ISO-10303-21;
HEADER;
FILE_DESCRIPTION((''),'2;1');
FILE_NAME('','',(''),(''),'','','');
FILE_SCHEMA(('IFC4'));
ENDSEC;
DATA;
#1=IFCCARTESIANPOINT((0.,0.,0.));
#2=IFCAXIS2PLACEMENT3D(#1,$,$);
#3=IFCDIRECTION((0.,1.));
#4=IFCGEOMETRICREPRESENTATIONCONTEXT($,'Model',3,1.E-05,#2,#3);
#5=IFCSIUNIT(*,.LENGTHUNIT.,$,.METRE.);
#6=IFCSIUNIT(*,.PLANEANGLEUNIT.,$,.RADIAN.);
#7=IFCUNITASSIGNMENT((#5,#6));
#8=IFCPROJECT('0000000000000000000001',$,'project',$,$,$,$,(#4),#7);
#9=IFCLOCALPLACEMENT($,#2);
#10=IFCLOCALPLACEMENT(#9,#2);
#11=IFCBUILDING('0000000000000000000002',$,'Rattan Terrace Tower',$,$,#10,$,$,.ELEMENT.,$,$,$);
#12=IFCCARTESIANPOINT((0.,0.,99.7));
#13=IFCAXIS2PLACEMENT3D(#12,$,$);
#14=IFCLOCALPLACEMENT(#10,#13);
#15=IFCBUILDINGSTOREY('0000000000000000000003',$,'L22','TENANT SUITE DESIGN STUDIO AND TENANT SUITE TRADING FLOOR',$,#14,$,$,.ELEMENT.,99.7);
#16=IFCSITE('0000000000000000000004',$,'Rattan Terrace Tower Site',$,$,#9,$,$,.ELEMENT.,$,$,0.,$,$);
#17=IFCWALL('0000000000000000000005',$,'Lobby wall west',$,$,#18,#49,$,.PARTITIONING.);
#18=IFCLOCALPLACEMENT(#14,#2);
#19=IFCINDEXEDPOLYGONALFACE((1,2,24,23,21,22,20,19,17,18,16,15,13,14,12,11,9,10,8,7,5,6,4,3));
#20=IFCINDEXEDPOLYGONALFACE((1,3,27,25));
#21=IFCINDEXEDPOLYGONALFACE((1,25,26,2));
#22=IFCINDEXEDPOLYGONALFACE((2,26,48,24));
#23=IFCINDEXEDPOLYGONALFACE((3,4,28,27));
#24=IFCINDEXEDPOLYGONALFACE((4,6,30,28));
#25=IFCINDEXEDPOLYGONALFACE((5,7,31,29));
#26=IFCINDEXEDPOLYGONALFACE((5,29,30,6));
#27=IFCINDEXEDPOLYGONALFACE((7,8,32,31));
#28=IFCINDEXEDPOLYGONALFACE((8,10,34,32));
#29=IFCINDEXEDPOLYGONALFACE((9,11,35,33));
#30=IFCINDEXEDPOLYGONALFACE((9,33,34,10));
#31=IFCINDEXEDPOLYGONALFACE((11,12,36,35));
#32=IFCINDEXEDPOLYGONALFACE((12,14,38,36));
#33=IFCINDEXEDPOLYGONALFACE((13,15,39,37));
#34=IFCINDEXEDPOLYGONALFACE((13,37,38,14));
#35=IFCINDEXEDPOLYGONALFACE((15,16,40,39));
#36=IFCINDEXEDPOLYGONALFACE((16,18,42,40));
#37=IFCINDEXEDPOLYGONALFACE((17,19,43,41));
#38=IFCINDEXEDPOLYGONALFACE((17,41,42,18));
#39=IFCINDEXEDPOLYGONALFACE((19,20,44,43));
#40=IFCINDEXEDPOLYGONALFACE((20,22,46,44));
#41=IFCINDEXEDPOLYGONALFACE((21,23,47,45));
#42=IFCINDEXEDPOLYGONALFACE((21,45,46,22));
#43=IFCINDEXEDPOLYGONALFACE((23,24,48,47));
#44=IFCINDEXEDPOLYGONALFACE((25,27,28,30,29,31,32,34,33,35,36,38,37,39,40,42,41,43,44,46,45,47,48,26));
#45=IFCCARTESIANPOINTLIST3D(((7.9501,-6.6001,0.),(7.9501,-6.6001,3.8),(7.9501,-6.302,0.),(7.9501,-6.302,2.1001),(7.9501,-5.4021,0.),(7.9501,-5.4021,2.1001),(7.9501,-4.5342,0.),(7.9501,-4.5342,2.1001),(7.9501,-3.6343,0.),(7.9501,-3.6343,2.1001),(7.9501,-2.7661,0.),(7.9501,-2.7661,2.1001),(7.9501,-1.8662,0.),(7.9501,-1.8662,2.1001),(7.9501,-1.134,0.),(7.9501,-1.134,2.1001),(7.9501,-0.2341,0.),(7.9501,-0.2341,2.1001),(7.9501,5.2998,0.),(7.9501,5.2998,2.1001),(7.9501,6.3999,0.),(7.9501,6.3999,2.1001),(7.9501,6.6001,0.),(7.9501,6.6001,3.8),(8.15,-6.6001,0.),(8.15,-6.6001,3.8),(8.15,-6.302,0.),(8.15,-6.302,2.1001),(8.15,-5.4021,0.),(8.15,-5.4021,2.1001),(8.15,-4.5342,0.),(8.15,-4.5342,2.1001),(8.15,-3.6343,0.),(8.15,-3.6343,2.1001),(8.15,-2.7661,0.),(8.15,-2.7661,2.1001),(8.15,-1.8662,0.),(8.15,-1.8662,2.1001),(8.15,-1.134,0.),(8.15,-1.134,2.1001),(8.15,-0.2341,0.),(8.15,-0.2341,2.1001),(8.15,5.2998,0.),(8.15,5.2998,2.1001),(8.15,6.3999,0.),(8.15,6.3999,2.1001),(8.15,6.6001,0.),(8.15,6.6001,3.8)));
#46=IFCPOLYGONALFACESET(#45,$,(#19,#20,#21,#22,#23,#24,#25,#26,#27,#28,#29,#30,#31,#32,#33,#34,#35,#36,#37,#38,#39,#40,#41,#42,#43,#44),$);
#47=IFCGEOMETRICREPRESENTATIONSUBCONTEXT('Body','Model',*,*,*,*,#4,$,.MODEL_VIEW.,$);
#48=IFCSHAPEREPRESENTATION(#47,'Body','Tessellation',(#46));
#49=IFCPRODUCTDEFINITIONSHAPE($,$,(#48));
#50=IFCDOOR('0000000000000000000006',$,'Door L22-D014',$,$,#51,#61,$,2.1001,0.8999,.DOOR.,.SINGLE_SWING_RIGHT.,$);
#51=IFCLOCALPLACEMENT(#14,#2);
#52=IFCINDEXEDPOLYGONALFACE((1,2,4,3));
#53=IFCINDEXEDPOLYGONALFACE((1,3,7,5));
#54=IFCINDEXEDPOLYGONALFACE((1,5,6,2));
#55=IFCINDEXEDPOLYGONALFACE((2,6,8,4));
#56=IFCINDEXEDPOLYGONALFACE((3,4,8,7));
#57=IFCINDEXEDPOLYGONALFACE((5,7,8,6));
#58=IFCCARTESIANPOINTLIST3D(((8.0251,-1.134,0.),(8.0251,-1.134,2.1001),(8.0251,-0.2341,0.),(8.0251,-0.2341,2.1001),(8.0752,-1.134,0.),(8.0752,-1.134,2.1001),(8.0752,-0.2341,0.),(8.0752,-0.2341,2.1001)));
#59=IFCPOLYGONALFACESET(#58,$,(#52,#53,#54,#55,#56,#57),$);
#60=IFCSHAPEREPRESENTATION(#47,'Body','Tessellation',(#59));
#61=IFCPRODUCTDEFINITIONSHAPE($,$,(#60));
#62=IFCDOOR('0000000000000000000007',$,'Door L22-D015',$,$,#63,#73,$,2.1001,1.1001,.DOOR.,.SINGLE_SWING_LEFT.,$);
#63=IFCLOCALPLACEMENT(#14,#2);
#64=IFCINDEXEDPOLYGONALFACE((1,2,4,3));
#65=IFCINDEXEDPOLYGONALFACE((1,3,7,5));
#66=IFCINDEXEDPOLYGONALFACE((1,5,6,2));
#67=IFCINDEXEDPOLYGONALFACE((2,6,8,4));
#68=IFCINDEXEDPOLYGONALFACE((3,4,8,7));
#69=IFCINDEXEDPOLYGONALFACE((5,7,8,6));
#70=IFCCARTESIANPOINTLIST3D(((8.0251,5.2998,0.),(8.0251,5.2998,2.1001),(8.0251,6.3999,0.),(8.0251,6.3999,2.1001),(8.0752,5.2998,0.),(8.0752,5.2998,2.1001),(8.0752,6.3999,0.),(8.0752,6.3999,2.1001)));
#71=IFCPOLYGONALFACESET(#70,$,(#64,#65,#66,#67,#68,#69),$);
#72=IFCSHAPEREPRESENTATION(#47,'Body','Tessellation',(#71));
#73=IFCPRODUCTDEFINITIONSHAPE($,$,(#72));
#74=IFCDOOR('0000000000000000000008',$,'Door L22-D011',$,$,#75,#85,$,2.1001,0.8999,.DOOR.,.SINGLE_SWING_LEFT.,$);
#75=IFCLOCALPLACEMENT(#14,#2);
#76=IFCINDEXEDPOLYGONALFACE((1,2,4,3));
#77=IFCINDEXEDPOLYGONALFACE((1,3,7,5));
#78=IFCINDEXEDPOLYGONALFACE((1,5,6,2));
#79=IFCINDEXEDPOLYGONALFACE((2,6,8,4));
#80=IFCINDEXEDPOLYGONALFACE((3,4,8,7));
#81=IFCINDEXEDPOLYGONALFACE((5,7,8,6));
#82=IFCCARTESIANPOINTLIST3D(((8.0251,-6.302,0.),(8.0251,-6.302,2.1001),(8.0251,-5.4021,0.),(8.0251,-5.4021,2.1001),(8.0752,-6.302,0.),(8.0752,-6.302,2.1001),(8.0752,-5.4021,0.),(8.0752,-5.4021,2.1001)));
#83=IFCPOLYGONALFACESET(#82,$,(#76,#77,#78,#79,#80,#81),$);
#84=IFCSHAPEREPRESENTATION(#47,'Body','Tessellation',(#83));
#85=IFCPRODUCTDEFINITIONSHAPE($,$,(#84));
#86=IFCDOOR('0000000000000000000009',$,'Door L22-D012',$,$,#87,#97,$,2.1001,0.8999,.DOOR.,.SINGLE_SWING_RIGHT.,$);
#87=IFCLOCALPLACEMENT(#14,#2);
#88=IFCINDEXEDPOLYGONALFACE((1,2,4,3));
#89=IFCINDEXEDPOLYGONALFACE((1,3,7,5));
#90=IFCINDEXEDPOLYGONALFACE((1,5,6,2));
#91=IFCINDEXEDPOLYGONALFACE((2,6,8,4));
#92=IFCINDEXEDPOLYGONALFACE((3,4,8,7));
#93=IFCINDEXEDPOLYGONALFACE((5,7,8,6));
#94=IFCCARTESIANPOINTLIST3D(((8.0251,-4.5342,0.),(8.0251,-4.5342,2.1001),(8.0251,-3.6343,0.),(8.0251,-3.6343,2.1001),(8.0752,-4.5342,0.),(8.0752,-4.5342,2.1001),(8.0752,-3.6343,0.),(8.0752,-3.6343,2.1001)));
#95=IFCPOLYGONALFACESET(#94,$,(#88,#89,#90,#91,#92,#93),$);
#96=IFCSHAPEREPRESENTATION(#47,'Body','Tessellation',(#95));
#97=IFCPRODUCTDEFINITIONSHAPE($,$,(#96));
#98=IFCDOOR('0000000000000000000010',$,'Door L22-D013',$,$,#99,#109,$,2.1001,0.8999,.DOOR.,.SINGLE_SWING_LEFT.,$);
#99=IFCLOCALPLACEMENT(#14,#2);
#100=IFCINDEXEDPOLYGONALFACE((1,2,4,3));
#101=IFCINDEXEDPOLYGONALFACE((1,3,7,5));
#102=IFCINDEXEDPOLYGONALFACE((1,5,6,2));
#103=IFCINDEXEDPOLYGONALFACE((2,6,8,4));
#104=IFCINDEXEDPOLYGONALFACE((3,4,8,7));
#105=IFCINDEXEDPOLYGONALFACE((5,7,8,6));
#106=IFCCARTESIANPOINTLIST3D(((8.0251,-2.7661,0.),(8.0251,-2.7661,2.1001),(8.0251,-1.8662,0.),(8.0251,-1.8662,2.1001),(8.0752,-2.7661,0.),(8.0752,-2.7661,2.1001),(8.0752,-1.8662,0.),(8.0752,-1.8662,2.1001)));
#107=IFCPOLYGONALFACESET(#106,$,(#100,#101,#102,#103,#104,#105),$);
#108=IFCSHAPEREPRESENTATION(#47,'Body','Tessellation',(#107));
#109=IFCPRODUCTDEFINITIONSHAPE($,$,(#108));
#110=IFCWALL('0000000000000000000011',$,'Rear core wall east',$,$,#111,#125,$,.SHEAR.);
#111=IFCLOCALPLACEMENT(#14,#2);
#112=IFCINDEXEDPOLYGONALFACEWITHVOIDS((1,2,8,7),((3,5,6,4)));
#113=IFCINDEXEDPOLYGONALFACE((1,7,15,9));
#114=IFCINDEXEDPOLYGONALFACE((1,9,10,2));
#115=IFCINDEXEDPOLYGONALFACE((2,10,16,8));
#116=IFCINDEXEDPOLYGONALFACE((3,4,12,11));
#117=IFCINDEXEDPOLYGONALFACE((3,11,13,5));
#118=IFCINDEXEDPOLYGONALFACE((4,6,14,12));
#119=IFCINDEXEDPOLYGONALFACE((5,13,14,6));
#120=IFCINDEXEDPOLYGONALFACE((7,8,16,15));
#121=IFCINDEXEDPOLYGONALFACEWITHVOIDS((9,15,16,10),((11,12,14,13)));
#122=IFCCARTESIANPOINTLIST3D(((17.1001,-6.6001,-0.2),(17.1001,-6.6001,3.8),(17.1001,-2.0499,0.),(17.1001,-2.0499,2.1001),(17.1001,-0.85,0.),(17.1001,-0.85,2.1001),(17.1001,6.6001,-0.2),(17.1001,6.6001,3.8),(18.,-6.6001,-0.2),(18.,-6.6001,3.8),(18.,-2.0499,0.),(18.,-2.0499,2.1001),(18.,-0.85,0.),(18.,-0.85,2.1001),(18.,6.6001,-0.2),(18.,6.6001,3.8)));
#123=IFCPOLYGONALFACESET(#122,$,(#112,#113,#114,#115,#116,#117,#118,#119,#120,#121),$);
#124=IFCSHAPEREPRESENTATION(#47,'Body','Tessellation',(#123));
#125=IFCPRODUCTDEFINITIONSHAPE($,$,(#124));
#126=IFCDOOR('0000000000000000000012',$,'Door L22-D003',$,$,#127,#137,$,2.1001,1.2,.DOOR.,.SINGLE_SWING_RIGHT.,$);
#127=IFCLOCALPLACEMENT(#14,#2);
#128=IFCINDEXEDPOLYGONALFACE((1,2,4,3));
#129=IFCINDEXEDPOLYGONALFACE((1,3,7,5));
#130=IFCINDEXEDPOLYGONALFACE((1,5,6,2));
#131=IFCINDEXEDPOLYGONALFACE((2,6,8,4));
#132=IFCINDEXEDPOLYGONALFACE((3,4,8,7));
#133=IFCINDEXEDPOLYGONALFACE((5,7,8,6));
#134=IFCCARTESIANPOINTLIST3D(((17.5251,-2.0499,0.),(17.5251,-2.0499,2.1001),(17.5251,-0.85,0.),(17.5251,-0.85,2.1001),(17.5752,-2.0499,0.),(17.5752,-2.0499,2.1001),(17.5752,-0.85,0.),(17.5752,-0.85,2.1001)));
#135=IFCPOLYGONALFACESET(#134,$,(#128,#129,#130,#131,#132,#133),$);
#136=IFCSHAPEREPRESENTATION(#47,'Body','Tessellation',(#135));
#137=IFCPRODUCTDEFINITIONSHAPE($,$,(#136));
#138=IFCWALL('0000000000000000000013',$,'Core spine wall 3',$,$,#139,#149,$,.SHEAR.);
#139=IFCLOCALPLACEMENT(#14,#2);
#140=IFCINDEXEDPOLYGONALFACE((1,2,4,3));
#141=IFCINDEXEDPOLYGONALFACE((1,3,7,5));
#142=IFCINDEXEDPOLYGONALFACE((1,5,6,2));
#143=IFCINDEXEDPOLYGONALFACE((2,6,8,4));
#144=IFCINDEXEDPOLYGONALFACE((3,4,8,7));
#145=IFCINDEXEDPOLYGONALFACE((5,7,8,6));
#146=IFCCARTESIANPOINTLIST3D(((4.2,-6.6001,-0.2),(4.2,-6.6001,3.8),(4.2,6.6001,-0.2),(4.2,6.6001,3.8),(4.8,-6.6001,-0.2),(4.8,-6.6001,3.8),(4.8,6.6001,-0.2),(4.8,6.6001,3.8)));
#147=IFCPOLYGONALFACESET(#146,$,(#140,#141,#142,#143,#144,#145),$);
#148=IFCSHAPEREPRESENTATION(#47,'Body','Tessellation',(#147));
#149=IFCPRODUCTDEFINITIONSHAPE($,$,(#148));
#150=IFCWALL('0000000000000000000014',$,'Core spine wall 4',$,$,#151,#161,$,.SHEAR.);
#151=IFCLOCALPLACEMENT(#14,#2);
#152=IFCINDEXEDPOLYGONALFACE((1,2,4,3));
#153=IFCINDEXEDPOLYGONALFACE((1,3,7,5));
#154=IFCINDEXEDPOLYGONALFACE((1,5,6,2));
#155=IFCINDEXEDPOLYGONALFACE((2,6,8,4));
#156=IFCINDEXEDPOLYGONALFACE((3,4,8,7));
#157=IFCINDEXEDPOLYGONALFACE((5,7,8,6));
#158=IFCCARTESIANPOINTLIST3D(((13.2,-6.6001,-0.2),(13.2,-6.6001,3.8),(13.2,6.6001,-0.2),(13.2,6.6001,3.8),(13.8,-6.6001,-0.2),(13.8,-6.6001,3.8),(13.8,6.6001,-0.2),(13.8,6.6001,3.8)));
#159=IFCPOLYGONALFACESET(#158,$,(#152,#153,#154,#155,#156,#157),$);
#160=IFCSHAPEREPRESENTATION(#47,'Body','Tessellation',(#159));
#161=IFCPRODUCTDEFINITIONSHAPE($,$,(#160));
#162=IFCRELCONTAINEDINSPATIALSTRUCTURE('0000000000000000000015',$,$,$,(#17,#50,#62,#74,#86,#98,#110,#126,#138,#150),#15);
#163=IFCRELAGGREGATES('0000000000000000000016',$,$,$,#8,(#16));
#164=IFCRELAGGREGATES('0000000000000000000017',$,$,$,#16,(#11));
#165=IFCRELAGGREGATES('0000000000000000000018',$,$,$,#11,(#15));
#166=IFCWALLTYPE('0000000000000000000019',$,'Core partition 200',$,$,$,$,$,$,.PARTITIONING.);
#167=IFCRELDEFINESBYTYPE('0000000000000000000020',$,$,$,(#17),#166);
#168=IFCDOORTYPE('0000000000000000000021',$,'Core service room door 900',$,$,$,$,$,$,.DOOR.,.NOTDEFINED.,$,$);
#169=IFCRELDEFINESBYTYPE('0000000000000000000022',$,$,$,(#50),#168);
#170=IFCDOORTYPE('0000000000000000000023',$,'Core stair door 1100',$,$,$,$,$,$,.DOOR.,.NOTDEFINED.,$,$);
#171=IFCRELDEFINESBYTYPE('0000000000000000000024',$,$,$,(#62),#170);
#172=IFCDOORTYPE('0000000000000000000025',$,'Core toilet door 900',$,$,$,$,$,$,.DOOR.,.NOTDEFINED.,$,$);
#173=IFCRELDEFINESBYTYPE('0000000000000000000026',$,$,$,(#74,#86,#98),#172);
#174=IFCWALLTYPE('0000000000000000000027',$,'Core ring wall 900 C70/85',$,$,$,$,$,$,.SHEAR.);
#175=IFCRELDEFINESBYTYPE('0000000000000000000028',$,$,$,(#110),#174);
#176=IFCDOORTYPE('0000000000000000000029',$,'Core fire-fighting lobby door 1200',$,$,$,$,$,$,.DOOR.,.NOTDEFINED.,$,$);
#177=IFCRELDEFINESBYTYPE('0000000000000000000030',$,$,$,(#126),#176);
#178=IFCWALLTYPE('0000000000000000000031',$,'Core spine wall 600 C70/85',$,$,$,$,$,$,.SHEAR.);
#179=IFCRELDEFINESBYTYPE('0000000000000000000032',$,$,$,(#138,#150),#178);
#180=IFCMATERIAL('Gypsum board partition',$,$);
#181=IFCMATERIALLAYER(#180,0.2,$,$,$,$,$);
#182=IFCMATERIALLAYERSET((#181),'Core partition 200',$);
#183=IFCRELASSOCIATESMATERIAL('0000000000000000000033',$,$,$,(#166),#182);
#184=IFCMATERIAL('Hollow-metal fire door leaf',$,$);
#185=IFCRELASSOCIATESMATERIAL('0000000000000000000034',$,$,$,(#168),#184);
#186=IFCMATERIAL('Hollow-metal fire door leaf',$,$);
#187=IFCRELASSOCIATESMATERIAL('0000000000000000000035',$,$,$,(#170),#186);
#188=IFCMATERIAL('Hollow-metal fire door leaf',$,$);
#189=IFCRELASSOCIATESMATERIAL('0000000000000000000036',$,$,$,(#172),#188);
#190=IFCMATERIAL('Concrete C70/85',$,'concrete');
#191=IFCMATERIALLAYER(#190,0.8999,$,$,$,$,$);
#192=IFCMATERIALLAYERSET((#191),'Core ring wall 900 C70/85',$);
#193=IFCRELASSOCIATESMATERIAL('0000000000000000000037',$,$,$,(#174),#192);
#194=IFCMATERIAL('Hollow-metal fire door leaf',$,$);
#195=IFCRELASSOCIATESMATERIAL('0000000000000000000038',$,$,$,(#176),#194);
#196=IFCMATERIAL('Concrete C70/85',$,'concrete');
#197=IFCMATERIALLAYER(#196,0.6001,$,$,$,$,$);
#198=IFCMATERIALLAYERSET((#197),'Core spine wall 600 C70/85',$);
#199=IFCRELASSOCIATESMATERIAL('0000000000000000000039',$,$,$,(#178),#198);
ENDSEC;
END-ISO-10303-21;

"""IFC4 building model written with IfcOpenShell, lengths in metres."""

from ifc_helpers import new_model, si_unit, direction, frame, frame_2d, origin, place, context, subcontext, project, spatial, rectangle, extrude, material, layer, layer_set, type_object, element, fill, save


model = new_model("IFC4")

# Units and contexts
model_context = context("Model", 3, precision=1e-05, world=origin(), true_north=direction((0.0, 1.0)))
body_context = subcontext(model_context, "Body", "Model", "MODEL_VIEW")
ifc_project = project(units=[si_unit("LENGTHUNIT", "METRE"), si_unit("PLANEANGLEUNIT", "RADIAN")], contexts=[model_context])

# Site, building, storey
site_placement = place(None, origin())
site = spatial("IfcSite", under=ifc_project, at=site_placement, Name="Rattan Terrace Tower Site", CompositionType="ELEMENT", RefElevation=0.0)
building_placement = place(site_placement, origin())
building = spatial("IfcBuilding", under=site, at=building_placement, Name="Rattan Terrace Tower", CompositionType="ELEMENT")
storey_placement = place(building_placement, frame((0.0, 0.0, 99.7)))
storey = spatial("IfcBuildingStorey", under=building, at=storey_placement, Name="L22", Description="TENANT SUITE DESIGN STUDIO AND TENANT SUITE TRADING FLOOR", CompositionType="ELEMENT", Elevation=99.7)

# Wall, openings, doors
ifc_material_1 = material(Name="Gypsum board partition")
ifc_layer_1 = layer(ifc_material_1, 0.2)
ifc_layer_set_1 = layer_set([ifc_layer_1], Name="Core partition 200")
wall_type_1 = type_object("IfcWallType", Name="Core partition 200", PredefinedType="PARTITIONING", material=ifc_layer_set_1)
wall_1_placement = place(storey_placement, frame((8.05, -6.6001, 0.0), z_axis=(0.0, 0.0, 1.0), x_axis=(0.0, 1.0, 0.0)))
wall_1 = element("IfcWall", 1, at=wall_1_placement, inside=storey, type_object=wall_type_1, Name="Lobby wall west", PredefinedType="PARTITIONING", context=body_context, shape_type="SweptSolid", body=[
    extrude(rectangle(XDim=13.2002, YDim=0.2, at=frame_2d((6.6001, 0.0))), origin(), (0.0, 0.0, 1.0), 3.8),
])
opening_1_placement = place(wall_1_placement, frame((0.2981, 0.0, 0.0)))
opening_1 = element("IfcOpeningElement", 2, at=opening_1_placement, cuts=wall_1, PredefinedType="OPENING", context=body_context, shape_type="SweptSolid", body=[
    extrude(rectangle(XDim=0.8999, YDim=2.1001, at=frame_2d((0.45, 1.05))), frame((0.0, 0.1106, 0.0), z_axis=(0.0, -1.0, 0.0), x_axis=(1.0, 0.0, 0.0)), (0.0, 0.0, 1.0), 0.2209),
])
opening_2_placement = place(wall_1_placement, frame((2.0659, 0.0, 0.0)))
opening_2 = element("IfcOpeningElement", 3, at=opening_2_placement, cuts=wall_1, PredefinedType="OPENING", context=body_context, shape_type="SweptSolid", body=[
    extrude(rectangle(XDim=0.8999, YDim=2.1001, at=frame_2d((0.45, 1.05))), frame((0.0, 0.1106, 0.0), z_axis=(0.0, -1.0, 0.0), x_axis=(1.0, 0.0, 0.0)), (0.0, 0.0, 1.0), 0.2209),
])
opening_3_placement = place(wall_1_placement, frame((3.834, 0.0, 0.0)))
opening_3 = element("IfcOpeningElement", 4, at=opening_3_placement, cuts=wall_1, PredefinedType="OPENING", context=body_context, shape_type="SweptSolid", body=[
    extrude(rectangle(XDim=0.8999, YDim=2.1001, at=frame_2d((0.45, 1.05))), frame((0.0, 0.1106, 0.0), z_axis=(0.0, -1.0, 0.0), x_axis=(1.0, 0.0, 0.0)), (0.0, 0.0, 1.0), 0.2209),
])
opening_4_placement = place(wall_1_placement, frame((5.4661, 0.0, 0.0)))
opening_4 = element("IfcOpeningElement", 5, at=opening_4_placement, cuts=wall_1, PredefinedType="OPENING", context=body_context, shape_type="SweptSolid", body=[
    extrude(rectangle(XDim=0.8999, YDim=2.1001, at=frame_2d((0.45, 1.05))), frame((0.0, 0.1106, 0.0), z_axis=(0.0, -1.0, 0.0), x_axis=(1.0, 0.0, 0.0)), (0.0, 0.0, 1.0), 0.2209),
])
opening_5_placement = place(wall_1_placement, frame((11.8999, 0.0, 0.0)))
opening_5 = element("IfcOpeningElement", 6, at=opening_5_placement, cuts=wall_1, PredefinedType="OPENING", context=body_context, shape_type="SweptSolid", body=[
    extrude(rectangle(XDim=1.1001, YDim=2.1001, at=frame_2d((0.55, 1.05))), frame((0.0, 0.1106, 0.0), z_axis=(0.0, -1.0, 0.0), x_axis=(1.0, 0.0, 0.0)), (0.0, 0.0, 1.0), 0.2209),
])
ifc_material_2 = material(Name="Hollow-metal fire door leaf")
door_type_1 = type_object("IfcDoorType", Name="Core service room door 900", OperationType="NOTDEFINED", PredefinedType="DOOR", material=ifc_material_2)
door_1_placement = place(opening_4_placement, origin())
door_1 = element("IfcDoor", 7, at=door_1_placement, inside=storey, type_object=door_type_1, Name="Door L22-D014", OperationType="SINGLE_SWING_RIGHT", OverallHeight=2.1001, OverallWidth=0.8999, PredefinedType="DOOR", context=body_context, shape_type="SweptSolid", body=[
    extrude(rectangle(XDim=0.8999, YDim=2.1001, at=frame_2d((0.45, 1.05))), frame((0.0, 0.0249, 0.0), z_axis=(0.0, -1.0, 0.0), x_axis=(1.0, 0.0, 0.0)), (0.0, 0.0, 1.0), 0.05),
])
fill(opening_4, door_1)
ifc_material_3 = material(Name="Hollow-metal fire door leaf")
door_type_2 = type_object("IfcDoorType", Name="Core stair door 1100", OperationType="NOTDEFINED", PredefinedType="DOOR", material=ifc_material_3)
door_2_placement = place(opening_5_placement, origin())
door_2 = element("IfcDoor", 8, at=door_2_placement, inside=storey, type_object=door_type_2, Name="Door L22-D015", OperationType="SINGLE_SWING_LEFT", OverallHeight=2.1001, OverallWidth=1.1001, PredefinedType="DOOR", context=body_context, shape_type="SweptSolid", body=[
    extrude(rectangle(XDim=1.1001, YDim=2.1001, at=frame_2d((0.55, 1.05))), frame((0.0, 0.0249, 0.0), z_axis=(0.0, -1.0, 0.0), x_axis=(1.0, 0.0, 0.0)), (0.0, 0.0, 1.0), 0.05),
])
fill(opening_5, door_2)
ifc_material_4 = material(Name="Hollow-metal fire door leaf")
door_type_3 = type_object("IfcDoorType", Name="Core toilet door 900", OperationType="NOTDEFINED", PredefinedType="DOOR", material=ifc_material_4)
door_3_placement = place(opening_1_placement, origin())
door_3 = element("IfcDoor", 9, at=door_3_placement, inside=storey, type_object=door_type_3, Name="Door L22-D011", OperationType="SINGLE_SWING_LEFT", OverallHeight=2.1001, OverallWidth=0.8999, PredefinedType="DOOR", context=body_context, shape_type="SweptSolid", body=[
    extrude(rectangle(XDim=0.8999, YDim=2.1001, at=frame_2d((0.45, 1.05))), frame((0.0, 0.0249, 0.0), z_axis=(0.0, -1.0, 0.0), x_axis=(1.0, 0.0, 0.0)), (0.0, 0.0, 1.0), 0.05),
])
fill(opening_1, door_3)
door_4_placement = place(opening_2_placement, origin())
door_4 = element("IfcDoor", 10, at=door_4_placement, inside=storey, type_object=door_type_3, Name="Door L22-D012", OperationType="SINGLE_SWING_RIGHT", OverallHeight=2.1001, OverallWidth=0.8999, PredefinedType="DOOR", context=body_context, shape_type="SweptSolid", body=[
    extrude(rectangle(XDim=0.8999, YDim=2.1001, at=frame_2d((0.45, 1.05))), frame((0.0, 0.0249, 0.0), z_axis=(0.0, -1.0, 0.0), x_axis=(1.0, 0.0, 0.0)), (0.0, 0.0, 1.0), 0.05),
])
fill(opening_2, door_4)
door_5_placement = place(opening_3_placement, origin())
door_5 = element("IfcDoor", 11, at=door_5_placement, inside=storey, type_object=door_type_3, Name="Door L22-D013", OperationType="SINGLE_SWING_LEFT", OverallHeight=2.1001, OverallWidth=0.8999, PredefinedType="DOOR", context=body_context, shape_type="SweptSolid", body=[
    extrude(rectangle(XDim=0.8999, YDim=2.1001, at=frame_2d((0.45, 1.05))), frame((0.0, 0.0249, 0.0), z_axis=(0.0, -1.0, 0.0), x_axis=(1.0, 0.0, 0.0)), (0.0, 0.0, 1.0), 0.05),
])
fill(opening_3, door_5)

# Wall, opening, door
ifc_material_5 = material(Name="Concrete C70/85", Category="concrete")
ifc_layer_2 = layer(ifc_material_5, 0.8999)
ifc_layer_set_2 = layer_set([ifc_layer_2], Name="Core ring wall 900 C70/85")
wall_type_2 = type_object("IfcWallType", Name="Core ring wall 900 C70/85", PredefinedType="SHEAR", material=ifc_layer_set_2)
wall_2_placement = place(storey_placement, frame((17.55, -6.6001, -0.2), z_axis=(0.0, 0.0, 1.0), x_axis=(0.0, 1.0, 0.0)))
wall_2 = element("IfcWall", 12, at=wall_2_placement, inside=storey, type_object=wall_type_2, Name="Rear core wall east", PredefinedType="SHEAR", context=body_context, shape_type="SweptSolid", body=[
    extrude(rectangle(XDim=13.2002, YDim=0.8999, at=frame_2d((6.6001, 0.0))), origin(), (0.0, 0.0, 1.0), 4.0),
])
opening_6_placement = place(wall_2_placement, frame((4.55, 0.0, 0.2)))
opening_6 = element("IfcOpeningElement", 13, at=opening_6_placement, cuts=wall_2, PredefinedType="OPENING", context=body_context, shape_type="SweptSolid", body=[
    extrude(rectangle(XDim=1.2, YDim=2.1001, at=frame_2d((0.6001, 1.05))), frame((0.0, 0.4604, 0.0), z_axis=(0.0, -1.0, 0.0), x_axis=(1.0, 0.0, 0.0)), (0.0, 0.0, 1.0), 0.9209),
])
ifc_material_6 = material(Name="Hollow-metal fire door leaf")
door_type_4 = type_object("IfcDoorType", Name="Core fire-fighting lobby door 1200", OperationType="NOTDEFINED", PredefinedType="DOOR", material=ifc_material_6)
door_6_placement = place(opening_6_placement, origin())
door_6 = element("IfcDoor", 14, at=door_6_placement, inside=storey, type_object=door_type_4, Name="Door L22-D003", OperationType="SINGLE_SWING_RIGHT", OverallHeight=2.1001, OverallWidth=1.2, PredefinedType="DOOR", context=body_context, shape_type="SweptSolid", body=[
    extrude(rectangle(XDim=1.2, YDim=2.1001, at=frame_2d((0.6001, 1.05))), frame((0.0, 0.0249, 0.0), z_axis=(0.0, -1.0, 0.0), x_axis=(1.0, 0.0, 0.0)), (0.0, 0.0, 1.0), 0.05),
])
fill(opening_6, door_6)

# Walls
ifc_material_7 = material(Name="Concrete C70/85", Category="concrete")
ifc_layer_3 = layer(ifc_material_7, 0.6001)
ifc_layer_set_3 = layer_set([ifc_layer_3], Name="Core spine wall 600 C70/85")
wall_type_3 = type_object("IfcWallType", Name="Core spine wall 600 C70/85", PredefinedType="SHEAR", material=ifc_layer_set_3)
for number, where, z_axis, x_axis, name in (
    (15, (4.5, -6.6001, -0.2), (0.0, 0.0, 1.0), (0.0, 1.0, 0.0), "Core spine wall 3"),
    (16, (13.5, -6.6001, -0.2), (0.0, 0.0, 1.0), (0.0, 1.0, 0.0), "Core spine wall 4"),
):
    element("IfcWall", number, at=place(storey_placement, frame(where, z_axis=z_axis, x_axis=x_axis)), inside=storey, type_object=wall_type_3, Name=name, PredefinedType="SHEAR", context=body_context, shape_type="SweptSolid", body=[
        extrude(rectangle(XDim=13.2002, YDim=0.6001, at=frame_2d((6.6001, 0.0))), origin(), (0.0, 0.0, 1.0), 4.0),
    ])

save(model, "model.ifc")
